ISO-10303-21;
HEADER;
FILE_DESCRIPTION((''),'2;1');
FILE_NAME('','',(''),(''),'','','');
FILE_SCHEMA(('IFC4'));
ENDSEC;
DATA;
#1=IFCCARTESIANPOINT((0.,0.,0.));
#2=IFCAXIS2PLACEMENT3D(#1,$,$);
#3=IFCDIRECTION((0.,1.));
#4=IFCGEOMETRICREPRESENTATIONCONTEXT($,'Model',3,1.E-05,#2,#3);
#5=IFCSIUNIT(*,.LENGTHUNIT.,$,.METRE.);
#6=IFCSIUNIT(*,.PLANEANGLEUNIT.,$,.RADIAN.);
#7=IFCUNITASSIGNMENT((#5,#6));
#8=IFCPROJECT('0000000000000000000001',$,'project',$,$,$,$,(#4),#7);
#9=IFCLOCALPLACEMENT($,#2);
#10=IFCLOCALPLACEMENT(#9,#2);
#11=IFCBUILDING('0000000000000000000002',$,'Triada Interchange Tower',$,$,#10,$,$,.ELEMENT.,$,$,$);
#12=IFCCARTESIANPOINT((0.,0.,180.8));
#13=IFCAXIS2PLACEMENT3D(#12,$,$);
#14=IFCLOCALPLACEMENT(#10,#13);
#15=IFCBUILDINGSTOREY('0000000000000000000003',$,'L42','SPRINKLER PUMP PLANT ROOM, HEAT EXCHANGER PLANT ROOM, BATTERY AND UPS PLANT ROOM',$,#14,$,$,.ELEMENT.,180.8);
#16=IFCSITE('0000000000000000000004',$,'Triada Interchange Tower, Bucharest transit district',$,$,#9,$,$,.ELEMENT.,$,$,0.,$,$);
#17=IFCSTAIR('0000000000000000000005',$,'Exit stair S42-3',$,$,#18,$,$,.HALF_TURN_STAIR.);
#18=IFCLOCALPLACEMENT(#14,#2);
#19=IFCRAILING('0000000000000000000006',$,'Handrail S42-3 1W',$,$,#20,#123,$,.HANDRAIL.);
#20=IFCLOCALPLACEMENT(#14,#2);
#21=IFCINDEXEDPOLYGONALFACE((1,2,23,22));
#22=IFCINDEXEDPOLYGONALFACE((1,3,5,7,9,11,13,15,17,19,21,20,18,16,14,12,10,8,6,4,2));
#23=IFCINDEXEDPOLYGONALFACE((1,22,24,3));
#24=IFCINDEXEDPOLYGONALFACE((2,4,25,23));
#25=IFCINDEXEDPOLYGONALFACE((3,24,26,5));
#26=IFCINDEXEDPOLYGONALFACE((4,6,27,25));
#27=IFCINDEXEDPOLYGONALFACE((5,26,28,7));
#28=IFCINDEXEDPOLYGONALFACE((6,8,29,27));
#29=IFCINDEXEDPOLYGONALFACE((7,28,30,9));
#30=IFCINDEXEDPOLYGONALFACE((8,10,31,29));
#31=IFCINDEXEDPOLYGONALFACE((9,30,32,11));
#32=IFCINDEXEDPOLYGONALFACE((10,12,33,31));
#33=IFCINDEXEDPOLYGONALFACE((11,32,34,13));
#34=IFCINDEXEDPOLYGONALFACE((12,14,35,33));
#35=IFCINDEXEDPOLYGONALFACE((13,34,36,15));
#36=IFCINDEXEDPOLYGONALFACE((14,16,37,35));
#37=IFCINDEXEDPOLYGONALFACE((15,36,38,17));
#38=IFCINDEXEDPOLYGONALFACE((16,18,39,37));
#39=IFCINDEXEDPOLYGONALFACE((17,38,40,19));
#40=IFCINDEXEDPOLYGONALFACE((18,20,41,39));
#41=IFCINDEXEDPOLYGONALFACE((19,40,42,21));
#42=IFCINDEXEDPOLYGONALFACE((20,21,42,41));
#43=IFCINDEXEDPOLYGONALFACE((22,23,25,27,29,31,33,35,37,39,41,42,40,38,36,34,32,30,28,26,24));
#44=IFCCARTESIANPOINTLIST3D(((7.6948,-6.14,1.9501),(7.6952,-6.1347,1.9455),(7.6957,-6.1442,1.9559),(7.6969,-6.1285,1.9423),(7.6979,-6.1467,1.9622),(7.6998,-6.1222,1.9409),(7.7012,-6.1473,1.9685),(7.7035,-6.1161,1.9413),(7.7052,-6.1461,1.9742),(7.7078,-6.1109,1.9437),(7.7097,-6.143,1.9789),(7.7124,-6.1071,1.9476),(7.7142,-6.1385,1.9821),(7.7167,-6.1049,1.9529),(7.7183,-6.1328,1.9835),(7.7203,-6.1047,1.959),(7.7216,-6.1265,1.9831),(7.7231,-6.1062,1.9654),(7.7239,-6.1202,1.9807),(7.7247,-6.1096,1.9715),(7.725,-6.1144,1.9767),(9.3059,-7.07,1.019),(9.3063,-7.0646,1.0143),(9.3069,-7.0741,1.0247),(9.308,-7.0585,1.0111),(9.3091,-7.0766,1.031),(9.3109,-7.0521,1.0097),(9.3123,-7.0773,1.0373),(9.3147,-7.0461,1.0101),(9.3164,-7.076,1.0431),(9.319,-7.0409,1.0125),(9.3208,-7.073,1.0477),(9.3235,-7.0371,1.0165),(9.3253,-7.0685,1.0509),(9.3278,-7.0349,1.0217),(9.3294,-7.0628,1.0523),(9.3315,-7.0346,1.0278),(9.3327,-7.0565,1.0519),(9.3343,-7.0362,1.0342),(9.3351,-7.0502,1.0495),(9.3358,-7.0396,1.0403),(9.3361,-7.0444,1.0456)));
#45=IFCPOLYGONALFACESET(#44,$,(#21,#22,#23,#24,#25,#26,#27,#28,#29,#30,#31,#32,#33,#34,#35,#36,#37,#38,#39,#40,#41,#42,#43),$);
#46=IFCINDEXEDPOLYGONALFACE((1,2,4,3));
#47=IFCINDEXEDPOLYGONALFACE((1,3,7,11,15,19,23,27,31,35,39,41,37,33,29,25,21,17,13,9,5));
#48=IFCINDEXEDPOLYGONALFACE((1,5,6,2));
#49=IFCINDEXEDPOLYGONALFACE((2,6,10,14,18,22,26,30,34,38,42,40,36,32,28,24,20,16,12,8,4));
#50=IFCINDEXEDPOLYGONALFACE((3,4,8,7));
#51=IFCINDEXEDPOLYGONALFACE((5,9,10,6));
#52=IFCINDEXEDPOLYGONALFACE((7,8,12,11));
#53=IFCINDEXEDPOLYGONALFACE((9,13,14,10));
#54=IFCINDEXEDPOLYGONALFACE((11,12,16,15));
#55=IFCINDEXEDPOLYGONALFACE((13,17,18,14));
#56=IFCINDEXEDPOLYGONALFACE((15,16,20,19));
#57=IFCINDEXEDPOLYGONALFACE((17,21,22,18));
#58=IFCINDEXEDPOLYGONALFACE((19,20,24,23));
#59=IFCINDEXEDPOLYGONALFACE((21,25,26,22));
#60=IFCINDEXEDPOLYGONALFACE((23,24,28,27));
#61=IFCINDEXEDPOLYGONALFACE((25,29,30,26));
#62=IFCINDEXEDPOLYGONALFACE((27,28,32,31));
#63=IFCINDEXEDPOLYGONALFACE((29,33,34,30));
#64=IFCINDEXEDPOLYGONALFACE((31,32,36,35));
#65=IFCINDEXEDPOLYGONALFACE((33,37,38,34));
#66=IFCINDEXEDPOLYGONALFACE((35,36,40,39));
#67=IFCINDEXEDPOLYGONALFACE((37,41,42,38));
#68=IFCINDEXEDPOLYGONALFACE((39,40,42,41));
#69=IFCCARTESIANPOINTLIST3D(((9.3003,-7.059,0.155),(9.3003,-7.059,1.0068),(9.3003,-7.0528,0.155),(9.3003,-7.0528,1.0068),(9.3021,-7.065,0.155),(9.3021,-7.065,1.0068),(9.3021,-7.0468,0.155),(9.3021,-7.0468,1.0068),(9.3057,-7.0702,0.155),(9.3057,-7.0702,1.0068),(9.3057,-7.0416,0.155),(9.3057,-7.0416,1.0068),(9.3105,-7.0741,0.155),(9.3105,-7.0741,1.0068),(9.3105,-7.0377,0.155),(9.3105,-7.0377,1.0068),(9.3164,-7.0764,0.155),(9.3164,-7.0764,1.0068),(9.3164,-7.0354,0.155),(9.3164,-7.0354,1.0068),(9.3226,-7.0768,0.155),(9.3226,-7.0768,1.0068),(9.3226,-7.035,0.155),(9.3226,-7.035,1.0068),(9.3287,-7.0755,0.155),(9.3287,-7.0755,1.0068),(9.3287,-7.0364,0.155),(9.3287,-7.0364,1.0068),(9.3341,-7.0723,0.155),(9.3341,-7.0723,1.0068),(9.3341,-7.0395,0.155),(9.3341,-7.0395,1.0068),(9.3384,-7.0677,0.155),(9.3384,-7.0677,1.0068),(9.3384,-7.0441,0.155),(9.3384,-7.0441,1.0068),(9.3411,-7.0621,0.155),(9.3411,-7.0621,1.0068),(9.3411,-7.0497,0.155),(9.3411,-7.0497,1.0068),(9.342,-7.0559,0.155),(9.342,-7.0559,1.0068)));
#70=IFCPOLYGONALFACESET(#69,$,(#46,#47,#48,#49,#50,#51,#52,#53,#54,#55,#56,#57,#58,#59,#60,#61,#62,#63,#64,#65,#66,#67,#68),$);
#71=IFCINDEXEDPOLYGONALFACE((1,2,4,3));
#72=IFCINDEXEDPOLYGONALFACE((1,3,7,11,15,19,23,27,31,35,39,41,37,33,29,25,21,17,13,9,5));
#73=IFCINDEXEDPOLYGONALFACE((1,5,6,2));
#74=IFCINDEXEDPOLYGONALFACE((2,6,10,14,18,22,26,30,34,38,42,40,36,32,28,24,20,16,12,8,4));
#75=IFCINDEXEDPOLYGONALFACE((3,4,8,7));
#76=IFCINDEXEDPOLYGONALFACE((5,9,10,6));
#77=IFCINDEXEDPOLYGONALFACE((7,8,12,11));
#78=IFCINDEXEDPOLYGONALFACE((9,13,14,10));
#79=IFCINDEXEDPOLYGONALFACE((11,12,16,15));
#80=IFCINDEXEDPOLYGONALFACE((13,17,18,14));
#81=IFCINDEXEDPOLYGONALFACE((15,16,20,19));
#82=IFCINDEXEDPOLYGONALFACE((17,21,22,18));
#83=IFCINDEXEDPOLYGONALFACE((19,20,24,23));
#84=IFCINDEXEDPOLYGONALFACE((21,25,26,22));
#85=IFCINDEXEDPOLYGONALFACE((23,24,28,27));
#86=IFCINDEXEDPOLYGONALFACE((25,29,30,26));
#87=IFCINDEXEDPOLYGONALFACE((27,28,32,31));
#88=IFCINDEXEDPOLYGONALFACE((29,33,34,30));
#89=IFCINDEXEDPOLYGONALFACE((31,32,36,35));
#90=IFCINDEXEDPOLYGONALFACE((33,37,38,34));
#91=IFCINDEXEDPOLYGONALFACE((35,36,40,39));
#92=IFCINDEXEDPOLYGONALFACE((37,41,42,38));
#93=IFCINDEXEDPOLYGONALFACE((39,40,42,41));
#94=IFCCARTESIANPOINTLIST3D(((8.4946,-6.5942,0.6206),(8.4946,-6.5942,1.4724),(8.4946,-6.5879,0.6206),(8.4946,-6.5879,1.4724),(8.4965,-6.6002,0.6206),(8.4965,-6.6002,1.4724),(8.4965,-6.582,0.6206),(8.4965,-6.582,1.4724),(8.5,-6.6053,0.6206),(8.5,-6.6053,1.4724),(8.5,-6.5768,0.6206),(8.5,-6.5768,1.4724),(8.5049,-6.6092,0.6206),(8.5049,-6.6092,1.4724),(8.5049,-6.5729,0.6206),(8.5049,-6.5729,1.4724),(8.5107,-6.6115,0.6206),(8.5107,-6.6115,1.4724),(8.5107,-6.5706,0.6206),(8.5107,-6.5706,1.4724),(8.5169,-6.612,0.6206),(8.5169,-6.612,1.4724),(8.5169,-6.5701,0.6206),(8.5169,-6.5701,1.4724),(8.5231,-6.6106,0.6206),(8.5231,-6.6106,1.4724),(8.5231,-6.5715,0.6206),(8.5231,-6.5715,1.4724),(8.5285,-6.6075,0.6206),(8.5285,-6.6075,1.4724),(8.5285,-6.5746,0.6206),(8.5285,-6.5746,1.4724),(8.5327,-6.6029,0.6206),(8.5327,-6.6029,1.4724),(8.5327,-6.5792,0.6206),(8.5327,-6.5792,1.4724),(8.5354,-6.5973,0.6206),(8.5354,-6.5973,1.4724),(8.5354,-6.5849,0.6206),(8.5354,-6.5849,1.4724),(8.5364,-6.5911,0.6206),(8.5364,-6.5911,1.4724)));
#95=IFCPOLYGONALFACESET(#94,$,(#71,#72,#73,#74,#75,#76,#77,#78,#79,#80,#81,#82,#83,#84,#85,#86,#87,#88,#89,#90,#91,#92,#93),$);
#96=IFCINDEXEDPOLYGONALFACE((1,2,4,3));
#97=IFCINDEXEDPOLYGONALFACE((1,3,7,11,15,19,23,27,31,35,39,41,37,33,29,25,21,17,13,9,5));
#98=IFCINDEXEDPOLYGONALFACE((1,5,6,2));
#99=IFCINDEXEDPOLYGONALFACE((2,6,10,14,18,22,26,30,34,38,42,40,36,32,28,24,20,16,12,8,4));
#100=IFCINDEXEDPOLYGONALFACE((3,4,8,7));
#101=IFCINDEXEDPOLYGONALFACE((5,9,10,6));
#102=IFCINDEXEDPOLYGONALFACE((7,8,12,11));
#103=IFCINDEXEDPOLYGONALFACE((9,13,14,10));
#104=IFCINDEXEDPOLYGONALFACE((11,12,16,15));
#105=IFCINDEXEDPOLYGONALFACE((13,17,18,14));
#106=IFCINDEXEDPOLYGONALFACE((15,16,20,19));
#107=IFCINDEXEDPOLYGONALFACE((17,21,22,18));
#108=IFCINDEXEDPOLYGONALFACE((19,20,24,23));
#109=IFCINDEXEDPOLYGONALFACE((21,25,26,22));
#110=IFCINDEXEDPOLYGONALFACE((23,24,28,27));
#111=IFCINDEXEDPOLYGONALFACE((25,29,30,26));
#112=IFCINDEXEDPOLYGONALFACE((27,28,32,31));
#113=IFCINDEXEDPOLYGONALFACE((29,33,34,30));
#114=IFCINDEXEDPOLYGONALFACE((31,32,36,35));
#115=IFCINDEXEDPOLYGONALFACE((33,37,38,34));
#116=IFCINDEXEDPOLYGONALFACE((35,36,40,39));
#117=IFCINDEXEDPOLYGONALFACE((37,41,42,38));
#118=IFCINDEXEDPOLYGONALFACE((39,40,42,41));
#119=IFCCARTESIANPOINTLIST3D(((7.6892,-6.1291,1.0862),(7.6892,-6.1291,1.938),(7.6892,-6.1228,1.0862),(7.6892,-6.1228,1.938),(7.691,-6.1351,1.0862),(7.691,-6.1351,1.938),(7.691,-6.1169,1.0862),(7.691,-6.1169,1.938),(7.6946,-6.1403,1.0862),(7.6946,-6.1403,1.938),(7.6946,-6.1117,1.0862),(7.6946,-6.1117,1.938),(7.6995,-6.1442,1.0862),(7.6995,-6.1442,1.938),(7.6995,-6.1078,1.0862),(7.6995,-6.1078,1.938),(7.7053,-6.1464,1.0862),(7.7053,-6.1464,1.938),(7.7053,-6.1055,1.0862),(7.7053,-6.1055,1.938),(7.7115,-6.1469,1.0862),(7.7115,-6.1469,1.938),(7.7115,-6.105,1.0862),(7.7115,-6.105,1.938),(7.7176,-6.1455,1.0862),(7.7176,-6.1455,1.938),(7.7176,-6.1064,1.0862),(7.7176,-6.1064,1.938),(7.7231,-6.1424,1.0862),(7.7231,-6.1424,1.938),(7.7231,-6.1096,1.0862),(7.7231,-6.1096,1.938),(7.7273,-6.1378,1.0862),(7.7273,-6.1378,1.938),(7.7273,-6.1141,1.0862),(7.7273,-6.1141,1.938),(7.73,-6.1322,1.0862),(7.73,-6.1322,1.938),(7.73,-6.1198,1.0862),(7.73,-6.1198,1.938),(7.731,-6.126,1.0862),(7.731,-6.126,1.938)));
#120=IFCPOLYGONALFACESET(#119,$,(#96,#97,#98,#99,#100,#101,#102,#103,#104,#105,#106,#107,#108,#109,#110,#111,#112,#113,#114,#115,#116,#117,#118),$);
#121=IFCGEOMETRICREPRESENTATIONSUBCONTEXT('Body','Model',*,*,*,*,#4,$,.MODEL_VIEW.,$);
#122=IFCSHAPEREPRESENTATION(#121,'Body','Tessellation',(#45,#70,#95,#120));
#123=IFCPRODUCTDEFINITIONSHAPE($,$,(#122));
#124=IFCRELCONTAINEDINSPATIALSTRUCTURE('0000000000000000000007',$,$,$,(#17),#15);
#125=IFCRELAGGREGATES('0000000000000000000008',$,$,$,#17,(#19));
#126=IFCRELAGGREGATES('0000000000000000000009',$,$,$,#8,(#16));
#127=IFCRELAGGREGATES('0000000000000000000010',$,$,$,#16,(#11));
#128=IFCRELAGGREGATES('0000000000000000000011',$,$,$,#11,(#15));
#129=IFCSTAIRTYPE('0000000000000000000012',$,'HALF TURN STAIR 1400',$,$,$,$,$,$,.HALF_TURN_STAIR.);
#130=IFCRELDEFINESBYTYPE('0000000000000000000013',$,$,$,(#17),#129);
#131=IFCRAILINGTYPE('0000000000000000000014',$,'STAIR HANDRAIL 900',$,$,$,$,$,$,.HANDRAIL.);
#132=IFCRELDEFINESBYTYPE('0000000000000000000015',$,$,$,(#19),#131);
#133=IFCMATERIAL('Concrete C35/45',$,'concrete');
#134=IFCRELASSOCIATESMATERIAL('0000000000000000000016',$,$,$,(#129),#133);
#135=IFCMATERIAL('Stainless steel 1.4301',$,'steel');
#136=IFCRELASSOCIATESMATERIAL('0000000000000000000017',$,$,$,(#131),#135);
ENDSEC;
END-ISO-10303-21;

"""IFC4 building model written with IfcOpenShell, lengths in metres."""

from ifc_helpers import new_model, si_unit, direction, frame, origin, origin_2d, place, context, subcontext, project, spatial, circle, extrude, material, type_object, element, aggregate, save


model = new_model("IFC4")

# Units and contexts
model_context = context("Model", 3, precision=1e-05, world=origin(), true_north=direction((0.0, 1.0)))
body_context = subcontext(model_context, "Body", "Model", "MODEL_VIEW")
ifc_project = project(units=[si_unit("LENGTHUNIT", "METRE"), si_unit("PLANEANGLEUNIT", "RADIAN")], contexts=[model_context])

# Site, building, storey
site_placement = place(None, origin())
site = spatial("IfcSite", under=ifc_project, at=site_placement, Name="Triada Interchange Tower, Bucharest transit district", CompositionType="ELEMENT", RefElevation=0.0)
building_placement = place(site_placement, origin())
building = spatial("IfcBuilding", under=site, at=building_placement, Name="Triada Interchange Tower", CompositionType="ELEMENT")
storey_placement = place(building_placement, frame((0.0, 0.0, 180.8)))
storey = spatial("IfcBuildingStorey", under=building, at=storey_placement, Name="L42", Description="SPRINKLER PUMP PLANT ROOM, HEAT EXCHANGER PLANT ROOM, BATTERY AND UPS PLANT ROOM", CompositionType="ELEMENT", Elevation=180.8)

# Shared definitions
ifc_material_1 = material(Name="Concrete C35/45", Category="concrete")

# Stair, railing
stair_type = type_object("IfcStairType", Name="HALF TURN STAIR 1400", PredefinedType="HALF_TURN_STAIR", material=ifc_material_1)
stair_placement = place(storey_placement, origin())
stair = element("IfcStair", 1, at=stair_placement, inside=storey, type_object=stair_type, Name="Exit stair S42-3", PredefinedType="HALF_TURN_STAIR")
ifc_material_2 = material(Name="Stainless steel 1.4301", Category="steel")
railing_type_1 = type_object("IfcRailingType", Name="STAIR HANDRAIL 900", PredefinedType="HANDRAIL", material=ifc_material_2)
railing_1_placement = place(storey_placement, frame((9.321, -7.0559, 0.155)))
railing_1 = element("IfcRailing", 2, at=railing_1_placement, type_object=railing_type_1, Name="Handrail S42-3 1W", PredefinedType="HANDRAIL", context=body_context, shape_type="SweptSolid", body=[
    extrude(circle(Radius=0.0239, at=origin_2d()), frame((0.0, 0.0, 0.876), z_axis=(-0.774469, 0.44703, 0.447617), x_axis=(-0.499908, -0.866079, 0.0)), (0.0, 0.0, 1.0), 2.0803),
    extrude(circle(Radius=0.021, at=origin_2d()), origin(), (0.0, 0.0, 1.0), 0.8518),
    extrude(circle(Radius=0.021, at=origin_2d()), frame((-0.8057, 0.4648, 0.4656)), (0.0, 0.0, 1.0), 0.8518),
    extrude(circle(Radius=0.021, at=origin_2d()), frame((-1.6111, 0.9299, 0.9312)), (0.0, 0.0, 1.0), 0.8518),
])
aggregate(stair, [railing_1])

save(model, "model.ifc")
